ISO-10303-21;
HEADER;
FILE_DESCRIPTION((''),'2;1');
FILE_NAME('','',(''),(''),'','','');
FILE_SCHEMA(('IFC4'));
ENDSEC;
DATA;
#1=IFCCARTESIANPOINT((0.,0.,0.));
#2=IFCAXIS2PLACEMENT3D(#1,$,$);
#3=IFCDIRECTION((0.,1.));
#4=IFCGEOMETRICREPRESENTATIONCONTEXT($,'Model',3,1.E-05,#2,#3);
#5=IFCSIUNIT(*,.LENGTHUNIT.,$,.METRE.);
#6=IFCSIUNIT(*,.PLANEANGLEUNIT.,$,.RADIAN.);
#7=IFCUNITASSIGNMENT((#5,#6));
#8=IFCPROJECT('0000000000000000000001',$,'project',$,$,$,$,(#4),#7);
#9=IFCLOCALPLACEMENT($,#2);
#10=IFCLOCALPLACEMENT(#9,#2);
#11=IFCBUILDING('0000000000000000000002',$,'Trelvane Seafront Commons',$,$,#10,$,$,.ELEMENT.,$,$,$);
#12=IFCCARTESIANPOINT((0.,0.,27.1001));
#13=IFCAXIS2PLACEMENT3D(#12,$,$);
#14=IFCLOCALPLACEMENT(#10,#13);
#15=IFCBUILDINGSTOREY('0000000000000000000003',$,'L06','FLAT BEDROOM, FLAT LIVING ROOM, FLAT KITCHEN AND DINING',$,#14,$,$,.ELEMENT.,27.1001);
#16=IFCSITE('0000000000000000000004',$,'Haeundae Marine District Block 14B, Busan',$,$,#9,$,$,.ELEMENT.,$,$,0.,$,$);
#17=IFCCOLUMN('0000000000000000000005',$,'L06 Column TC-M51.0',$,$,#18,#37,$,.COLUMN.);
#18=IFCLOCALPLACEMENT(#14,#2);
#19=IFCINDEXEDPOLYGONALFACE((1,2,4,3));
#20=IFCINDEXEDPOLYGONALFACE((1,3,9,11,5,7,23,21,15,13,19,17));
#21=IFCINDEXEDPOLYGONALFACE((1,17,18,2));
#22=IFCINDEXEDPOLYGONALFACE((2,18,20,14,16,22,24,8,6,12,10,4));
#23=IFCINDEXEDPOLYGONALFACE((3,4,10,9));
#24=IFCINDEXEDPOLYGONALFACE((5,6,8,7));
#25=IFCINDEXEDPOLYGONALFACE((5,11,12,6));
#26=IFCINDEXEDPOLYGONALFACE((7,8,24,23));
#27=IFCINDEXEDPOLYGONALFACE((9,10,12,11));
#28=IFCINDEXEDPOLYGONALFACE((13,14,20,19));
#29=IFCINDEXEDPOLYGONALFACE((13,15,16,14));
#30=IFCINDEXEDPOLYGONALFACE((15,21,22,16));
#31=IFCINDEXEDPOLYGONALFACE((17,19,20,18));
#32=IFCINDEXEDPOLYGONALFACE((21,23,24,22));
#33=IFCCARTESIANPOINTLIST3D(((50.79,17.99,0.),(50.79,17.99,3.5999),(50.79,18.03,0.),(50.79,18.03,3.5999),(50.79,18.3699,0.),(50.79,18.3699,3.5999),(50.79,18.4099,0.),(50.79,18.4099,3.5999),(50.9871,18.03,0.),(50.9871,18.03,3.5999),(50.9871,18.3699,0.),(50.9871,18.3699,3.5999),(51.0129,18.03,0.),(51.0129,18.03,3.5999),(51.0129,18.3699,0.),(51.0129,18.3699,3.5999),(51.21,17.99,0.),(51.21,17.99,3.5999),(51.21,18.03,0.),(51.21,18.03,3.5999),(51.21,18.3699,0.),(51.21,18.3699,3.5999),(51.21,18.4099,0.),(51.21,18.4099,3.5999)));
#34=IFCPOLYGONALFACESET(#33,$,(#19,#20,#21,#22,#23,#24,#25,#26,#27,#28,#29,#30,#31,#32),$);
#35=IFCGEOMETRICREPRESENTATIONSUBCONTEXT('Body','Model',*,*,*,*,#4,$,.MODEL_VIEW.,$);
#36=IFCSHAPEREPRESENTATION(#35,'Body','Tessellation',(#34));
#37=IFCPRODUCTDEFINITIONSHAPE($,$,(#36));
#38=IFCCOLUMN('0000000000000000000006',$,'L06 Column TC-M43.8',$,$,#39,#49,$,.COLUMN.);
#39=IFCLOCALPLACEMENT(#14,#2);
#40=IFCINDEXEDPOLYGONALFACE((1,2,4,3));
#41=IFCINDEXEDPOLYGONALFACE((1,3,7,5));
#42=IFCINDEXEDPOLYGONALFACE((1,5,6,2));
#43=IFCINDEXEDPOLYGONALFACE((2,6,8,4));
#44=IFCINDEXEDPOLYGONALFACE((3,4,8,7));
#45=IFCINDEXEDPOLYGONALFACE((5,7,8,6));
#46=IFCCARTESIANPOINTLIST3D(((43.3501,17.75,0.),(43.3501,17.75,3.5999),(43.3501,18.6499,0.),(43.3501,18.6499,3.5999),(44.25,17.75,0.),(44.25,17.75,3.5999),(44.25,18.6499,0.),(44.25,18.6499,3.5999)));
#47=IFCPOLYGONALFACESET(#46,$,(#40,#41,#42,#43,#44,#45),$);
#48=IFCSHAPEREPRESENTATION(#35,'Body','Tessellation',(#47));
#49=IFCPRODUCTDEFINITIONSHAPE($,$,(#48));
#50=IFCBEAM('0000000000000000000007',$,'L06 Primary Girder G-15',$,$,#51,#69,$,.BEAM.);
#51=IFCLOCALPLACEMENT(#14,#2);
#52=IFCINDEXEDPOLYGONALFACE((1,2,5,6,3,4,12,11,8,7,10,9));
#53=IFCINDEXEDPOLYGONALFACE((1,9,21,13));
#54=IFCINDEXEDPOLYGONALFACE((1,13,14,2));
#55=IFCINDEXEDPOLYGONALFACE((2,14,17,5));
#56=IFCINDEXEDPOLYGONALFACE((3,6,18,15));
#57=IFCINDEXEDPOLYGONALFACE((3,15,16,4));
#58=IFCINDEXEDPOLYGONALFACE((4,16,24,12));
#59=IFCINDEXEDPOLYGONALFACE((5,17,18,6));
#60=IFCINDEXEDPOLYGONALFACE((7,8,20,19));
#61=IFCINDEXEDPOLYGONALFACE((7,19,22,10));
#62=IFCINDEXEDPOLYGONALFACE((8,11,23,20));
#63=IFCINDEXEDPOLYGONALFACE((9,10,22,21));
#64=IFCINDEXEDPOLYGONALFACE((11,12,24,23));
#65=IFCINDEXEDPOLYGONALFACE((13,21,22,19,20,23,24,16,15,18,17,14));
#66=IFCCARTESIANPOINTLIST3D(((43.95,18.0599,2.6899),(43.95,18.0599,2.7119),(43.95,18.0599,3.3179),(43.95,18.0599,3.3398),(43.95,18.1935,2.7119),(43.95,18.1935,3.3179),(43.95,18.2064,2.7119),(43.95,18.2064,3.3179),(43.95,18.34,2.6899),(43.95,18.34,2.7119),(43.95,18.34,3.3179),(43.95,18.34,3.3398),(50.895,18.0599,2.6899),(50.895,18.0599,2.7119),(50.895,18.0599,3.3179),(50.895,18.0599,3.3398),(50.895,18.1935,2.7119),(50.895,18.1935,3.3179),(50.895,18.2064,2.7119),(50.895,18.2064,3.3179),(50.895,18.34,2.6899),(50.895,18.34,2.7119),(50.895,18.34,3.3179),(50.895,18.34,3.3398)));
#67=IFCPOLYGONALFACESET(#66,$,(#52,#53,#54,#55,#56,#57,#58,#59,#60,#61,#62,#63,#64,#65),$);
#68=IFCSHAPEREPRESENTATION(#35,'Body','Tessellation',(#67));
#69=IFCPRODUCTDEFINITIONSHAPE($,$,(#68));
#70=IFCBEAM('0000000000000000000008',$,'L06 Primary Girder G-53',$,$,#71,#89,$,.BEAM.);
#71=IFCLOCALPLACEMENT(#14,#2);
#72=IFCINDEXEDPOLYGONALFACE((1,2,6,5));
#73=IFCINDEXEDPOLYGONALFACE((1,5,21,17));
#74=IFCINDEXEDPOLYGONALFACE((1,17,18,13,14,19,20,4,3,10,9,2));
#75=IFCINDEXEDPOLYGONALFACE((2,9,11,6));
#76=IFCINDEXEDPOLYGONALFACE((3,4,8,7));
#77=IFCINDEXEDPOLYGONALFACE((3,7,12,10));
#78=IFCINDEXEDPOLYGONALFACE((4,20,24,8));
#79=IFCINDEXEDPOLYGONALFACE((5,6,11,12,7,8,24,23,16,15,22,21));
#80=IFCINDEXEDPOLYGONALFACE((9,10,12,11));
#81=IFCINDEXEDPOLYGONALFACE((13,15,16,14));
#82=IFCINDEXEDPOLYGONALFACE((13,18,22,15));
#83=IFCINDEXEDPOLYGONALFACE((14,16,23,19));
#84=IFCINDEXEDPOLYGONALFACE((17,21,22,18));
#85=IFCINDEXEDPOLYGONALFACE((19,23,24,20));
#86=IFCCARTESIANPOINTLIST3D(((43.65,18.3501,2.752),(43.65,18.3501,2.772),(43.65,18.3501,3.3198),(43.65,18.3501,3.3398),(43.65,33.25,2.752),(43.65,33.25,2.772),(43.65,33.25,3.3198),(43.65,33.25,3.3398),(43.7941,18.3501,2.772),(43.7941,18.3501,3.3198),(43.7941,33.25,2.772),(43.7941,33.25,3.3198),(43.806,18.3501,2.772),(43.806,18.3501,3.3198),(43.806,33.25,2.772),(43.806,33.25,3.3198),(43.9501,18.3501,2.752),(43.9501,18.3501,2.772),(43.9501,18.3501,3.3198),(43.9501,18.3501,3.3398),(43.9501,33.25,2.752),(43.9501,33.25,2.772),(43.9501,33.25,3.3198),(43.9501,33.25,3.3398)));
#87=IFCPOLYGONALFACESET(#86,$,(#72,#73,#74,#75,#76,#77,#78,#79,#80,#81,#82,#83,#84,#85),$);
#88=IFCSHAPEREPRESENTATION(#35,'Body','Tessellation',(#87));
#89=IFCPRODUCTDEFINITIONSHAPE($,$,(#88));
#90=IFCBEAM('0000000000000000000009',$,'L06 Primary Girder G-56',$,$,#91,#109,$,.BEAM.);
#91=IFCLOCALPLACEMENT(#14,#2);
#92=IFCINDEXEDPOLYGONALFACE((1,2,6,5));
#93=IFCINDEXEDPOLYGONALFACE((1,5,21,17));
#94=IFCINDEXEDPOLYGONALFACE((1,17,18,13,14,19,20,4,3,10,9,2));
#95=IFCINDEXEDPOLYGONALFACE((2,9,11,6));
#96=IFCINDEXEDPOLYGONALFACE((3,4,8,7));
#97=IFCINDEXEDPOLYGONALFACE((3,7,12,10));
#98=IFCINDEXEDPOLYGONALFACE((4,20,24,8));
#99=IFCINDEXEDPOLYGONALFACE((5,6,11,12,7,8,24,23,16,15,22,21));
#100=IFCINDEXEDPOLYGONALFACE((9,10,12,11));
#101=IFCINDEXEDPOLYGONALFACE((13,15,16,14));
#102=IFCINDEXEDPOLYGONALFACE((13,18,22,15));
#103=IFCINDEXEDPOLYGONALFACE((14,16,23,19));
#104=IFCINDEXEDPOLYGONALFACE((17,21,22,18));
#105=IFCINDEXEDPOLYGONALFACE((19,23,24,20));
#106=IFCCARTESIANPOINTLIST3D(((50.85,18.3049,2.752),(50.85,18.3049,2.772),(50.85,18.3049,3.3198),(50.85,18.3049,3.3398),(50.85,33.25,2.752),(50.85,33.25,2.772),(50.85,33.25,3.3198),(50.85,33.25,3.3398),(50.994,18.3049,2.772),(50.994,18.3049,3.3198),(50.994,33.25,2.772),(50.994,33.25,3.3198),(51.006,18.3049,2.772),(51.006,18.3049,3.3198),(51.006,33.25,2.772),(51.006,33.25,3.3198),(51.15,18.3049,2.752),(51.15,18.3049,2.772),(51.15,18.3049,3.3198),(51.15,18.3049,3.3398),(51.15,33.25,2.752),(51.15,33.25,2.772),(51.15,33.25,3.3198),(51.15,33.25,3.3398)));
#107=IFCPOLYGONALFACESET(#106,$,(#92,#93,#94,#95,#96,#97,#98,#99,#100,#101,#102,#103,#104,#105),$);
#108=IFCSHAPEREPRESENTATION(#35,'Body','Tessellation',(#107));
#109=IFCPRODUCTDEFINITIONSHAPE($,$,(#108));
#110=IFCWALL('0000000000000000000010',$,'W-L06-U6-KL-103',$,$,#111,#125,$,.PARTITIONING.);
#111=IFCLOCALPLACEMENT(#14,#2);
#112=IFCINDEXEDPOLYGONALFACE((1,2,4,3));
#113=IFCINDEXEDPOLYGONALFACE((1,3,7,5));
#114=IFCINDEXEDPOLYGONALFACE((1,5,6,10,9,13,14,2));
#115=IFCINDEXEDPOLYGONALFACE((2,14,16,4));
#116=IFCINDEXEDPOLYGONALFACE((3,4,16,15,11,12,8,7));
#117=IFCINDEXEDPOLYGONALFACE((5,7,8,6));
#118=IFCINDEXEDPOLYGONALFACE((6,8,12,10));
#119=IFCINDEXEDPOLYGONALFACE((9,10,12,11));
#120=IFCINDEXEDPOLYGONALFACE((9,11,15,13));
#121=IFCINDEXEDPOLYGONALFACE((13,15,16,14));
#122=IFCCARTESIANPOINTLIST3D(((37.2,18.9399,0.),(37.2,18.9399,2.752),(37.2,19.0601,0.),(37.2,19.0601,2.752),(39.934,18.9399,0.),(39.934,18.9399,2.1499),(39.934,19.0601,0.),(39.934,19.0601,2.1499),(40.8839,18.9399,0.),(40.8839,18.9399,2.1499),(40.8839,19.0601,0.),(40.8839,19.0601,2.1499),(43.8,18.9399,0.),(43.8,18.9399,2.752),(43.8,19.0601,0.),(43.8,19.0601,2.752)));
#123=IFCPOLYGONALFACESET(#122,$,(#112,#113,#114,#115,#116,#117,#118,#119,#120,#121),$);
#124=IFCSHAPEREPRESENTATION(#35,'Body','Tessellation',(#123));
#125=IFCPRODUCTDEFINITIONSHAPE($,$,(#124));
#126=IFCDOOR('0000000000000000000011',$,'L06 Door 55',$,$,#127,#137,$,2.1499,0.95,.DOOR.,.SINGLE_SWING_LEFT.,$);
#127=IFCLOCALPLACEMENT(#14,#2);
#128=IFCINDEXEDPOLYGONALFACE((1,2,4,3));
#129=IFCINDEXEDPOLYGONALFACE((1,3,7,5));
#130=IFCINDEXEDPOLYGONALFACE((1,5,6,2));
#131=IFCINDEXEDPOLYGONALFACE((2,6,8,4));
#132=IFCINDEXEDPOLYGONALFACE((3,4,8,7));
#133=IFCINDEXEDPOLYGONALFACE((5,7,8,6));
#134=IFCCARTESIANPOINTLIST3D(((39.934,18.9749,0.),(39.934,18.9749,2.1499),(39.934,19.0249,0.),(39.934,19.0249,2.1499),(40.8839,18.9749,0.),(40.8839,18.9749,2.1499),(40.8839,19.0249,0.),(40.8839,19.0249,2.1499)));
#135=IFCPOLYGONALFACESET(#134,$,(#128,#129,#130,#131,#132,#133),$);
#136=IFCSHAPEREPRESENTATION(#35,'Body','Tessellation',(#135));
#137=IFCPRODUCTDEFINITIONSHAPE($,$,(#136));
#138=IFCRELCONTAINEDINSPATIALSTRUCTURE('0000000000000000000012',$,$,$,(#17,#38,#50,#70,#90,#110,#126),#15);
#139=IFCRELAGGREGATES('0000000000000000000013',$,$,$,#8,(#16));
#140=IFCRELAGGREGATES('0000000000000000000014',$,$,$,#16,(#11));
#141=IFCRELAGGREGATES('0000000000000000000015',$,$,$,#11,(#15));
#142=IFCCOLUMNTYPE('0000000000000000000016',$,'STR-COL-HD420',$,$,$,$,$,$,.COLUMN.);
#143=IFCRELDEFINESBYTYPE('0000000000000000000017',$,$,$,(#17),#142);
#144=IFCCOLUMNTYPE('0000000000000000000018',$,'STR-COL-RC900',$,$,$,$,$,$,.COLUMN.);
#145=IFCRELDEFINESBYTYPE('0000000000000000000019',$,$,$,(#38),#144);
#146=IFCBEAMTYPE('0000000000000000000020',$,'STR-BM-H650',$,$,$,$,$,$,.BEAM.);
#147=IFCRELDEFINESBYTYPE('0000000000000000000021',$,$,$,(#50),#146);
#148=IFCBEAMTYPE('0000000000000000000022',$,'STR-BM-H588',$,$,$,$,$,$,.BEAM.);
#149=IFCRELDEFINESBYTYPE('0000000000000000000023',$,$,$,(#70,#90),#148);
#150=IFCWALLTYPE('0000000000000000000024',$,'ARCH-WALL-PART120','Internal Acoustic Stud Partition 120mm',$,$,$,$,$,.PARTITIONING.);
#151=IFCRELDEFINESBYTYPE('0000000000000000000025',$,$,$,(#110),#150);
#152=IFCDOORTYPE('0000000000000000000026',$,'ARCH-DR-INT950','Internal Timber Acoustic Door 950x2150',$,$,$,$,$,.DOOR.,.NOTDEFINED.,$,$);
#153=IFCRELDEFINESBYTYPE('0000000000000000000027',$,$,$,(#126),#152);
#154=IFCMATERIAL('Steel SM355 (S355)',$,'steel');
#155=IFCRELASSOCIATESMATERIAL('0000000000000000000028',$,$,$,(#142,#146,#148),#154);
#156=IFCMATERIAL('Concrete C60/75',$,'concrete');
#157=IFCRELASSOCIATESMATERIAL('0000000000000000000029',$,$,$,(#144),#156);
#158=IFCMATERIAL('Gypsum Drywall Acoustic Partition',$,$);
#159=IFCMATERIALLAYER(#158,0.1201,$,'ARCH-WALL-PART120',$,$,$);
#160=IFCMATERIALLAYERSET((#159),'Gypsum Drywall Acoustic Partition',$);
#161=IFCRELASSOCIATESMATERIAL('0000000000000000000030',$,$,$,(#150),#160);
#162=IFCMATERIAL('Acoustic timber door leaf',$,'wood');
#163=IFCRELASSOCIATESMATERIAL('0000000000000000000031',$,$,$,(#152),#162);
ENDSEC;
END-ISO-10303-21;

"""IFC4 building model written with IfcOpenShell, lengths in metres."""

from ifc_helpers import new_model, si_unit, direction, frame, frame_2d, origin, origin_2d, place, context, subcontext, project, spatial, rectangle, i_section, extrude, source, transform, mapped, material, layer, layer_set, material_profile, profile_set, type_object, element, fill, save


model = new_model("IFC4")

# Units and contexts
model_context = context("Model", 3, precision=1e-05, world=origin(), true_north=direction((0.0, 1.0)))
body_context = subcontext(model_context, "Body", "Model", "MODEL_VIEW")
ifc_project = project(units=[si_unit("LENGTHUNIT", "METRE"), si_unit("PLANEANGLEUNIT", "RADIAN")], contexts=[model_context])

# Site, building, storey
site_placement = place(None, origin())
site = spatial("IfcSite", under=ifc_project, at=site_placement, Name="Haeundae Marine District Block 14B, Busan", CompositionType="ELEMENT", RefElevation=0.0)
building_placement = place(site_placement, origin())
building = spatial("IfcBuilding", under=site, at=building_placement, Name="Trelvane Seafront Commons", CompositionType="ELEMENT")
storey_placement = place(building_placement, frame((0.0, 0.0, 27.1001)))
storey = spatial("IfcBuildingStorey", under=building, at=storey_placement, Name="L06", Description="FLAT BEDROOM, FLAT LIVING ROOM, FLAT KITCHEN AND DINING", CompositionType="ELEMENT", Elevation=27.1001)

# Columns
ifc_material_1 = material(Name="Steel SM355 (S355)", Category="steel")
ifc_material_profile_1 = material_profile(ifc_material_1, i_section(OverallWidth=0.4199, OverallDepth=0.4199, WebThickness=0.0259, FlangeThickness=0.04, at=origin_2d()), Name="HD-420x420x26x40")
ifc_profile_set_1 = profile_set([ifc_material_profile_1], Name="Steel SM355 (S355)")
column_type_1 = type_object("IfcColumnType", Name="STR-COL-HD420", PredefinedType="COLUMN", material=ifc_profile_set_1)
shared_shape_1 = source(origin(), body_context, "Body", "SweptSolid", [
    extrude(i_section(OverallWidth=0.4199, OverallDepth=0.4199, WebThickness=0.0259, FlangeThickness=0.04, at=origin_2d()), origin(), (0.0, 0.0, 1.0), 3.5999),
])
column_1_placement = place(storey_placement, frame((51.0, 18.2, 0.0), z_axis=(0.0, 0.0, 1.0), x_axis=(1.0, 0.0, 0.0)))
element("IfcColumn", 1, at=column_1_placement, inside=storey, type_object=column_type_1, Name="L06 Column TC-M51.0", PredefinedType="COLUMN", context=body_context, shape_type="MappedRepresentation", body=[
    mapped(shared_shape_1, transform((0.0, 0.0, 0.0), x_axis=(1.0, 0.0, 0.0), y_axis=(0.0, 1.0, 0.0), z_axis=(0.0, 0.0, 1.0), scale=1.0)),
])
ifc_material_2 = material(Name="Concrete C60/75", Category="concrete")
ifc_material_profile_2 = material_profile(ifc_material_2, rectangle(XDim=0.8999, YDim=0.8999, at=origin_2d()), Name="RC-900x900")
ifc_profile_set_2 = profile_set([ifc_material_profile_2], Name="Concrete C60/75")
column_type_2 = type_object("IfcColumnType", Name="STR-COL-RC900", PredefinedType="COLUMN", material=ifc_profile_set_2)
shared_shape_2 = source(origin(), body_context, "Body", "SweptSolid", [
    extrude(rectangle(XDim=0.8999, YDim=0.8999, at=origin_2d()), origin(), (0.0, 0.0, 1.0), 3.5999),
])
column_2_placement = place(storey_placement, frame((43.8, 18.2, 0.0), z_axis=(0.0, 0.0, 1.0), x_axis=(1.0, 0.0, 0.0)))
element("IfcColumn", 2, at=column_2_placement, inside=storey, type_object=column_type_2, Name="L06 Column TC-M43.8", PredefinedType="COLUMN", context=body_context, shape_type="MappedRepresentation", body=[
    mapped(shared_shape_2, transform((0.0, 0.0, 0.0), x_axis=(1.0, 0.0, 0.0), y_axis=(0.0, 1.0, 0.0), z_axis=(0.0, 0.0, 1.0), scale=1.0)),
])

# Beams
ifc_material_profile_3 = material_profile(ifc_material_1, i_section(OverallWidth=0.28, OverallDepth=0.6499, WebThickness=0.0129, FlangeThickness=0.022, at=origin_2d()), Name="H-650x280x13x22")
ifc_profile_set_3 = profile_set([ifc_material_profile_3], Name="Steel SM355 (S355)")
beam_type_1 = type_object("IfcBeamType", Name="STR-BM-H650", PredefinedType="BEAM", material=ifc_profile_set_3)
shared_shape_3 = source(origin(), body_context, "Body", "SweptSolid", [
    extrude(i_section(OverallWidth=0.28, OverallDepth=0.6499, WebThickness=0.0129, FlangeThickness=0.022, at=origin_2d()), origin(), (0.0, 0.0, 1.0), 6.9451),
])
beam_1_placement = place(storey_placement, frame((43.95, 18.2, 3.0149), z_axis=(1.0, 0.0, 0.0), x_axis=(0.0, 1.0, 0.0)))
element("IfcBeam", 3, at=beam_1_placement, inside=storey, type_object=beam_type_1, Name="L06 Primary Girder G-15", PredefinedType="BEAM", context=body_context, shape_type="MappedRepresentation", body=[
    mapped(shared_shape_3, transform((0.0, 0.0, 0.0), x_axis=(1.0, 0.0, 0.0), y_axis=(0.0, 1.0, 0.0), z_axis=(0.0, 0.0, 1.0), scale=1.0)),
])
ifc_material_profile_4 = material_profile(ifc_material_1, i_section(OverallWidth=0.3, OverallDepth=0.5879, WebThickness=0.012, FlangeThickness=0.02, at=origin_2d()), Name="H-588x300x12x20")
ifc_profile_set_4 = profile_set([ifc_material_profile_4], Name="Steel SM355 (S355)")
beam_type_2 = type_object("IfcBeamType", Name="STR-BM-H588", PredefinedType="BEAM", material=ifc_profile_set_4)
shared_shape_4 = source(origin(), body_context, "Body", "SweptSolid", [
    extrude(i_section(OverallWidth=0.3, OverallDepth=0.5879, WebThickness=0.012, FlangeThickness=0.02, at=origin_2d()), origin(), (0.0, 0.0, 1.0), 14.8999),
])
beam_2_placement = place(storey_placement, frame((43.8, 18.3501, 3.0459), z_axis=(0.0, 1.0, 0.0), x_axis=(-1.0, 0.0, 0.0)))
element("IfcBeam", 4, at=beam_2_placement, inside=storey, type_object=beam_type_2, Name="L06 Primary Girder G-53", PredefinedType="BEAM", context=body_context, shape_type="MappedRepresentation", body=[
    mapped(shared_shape_4, transform((0.0, 0.0, 0.0), x_axis=(1.0, 0.0, 0.0), y_axis=(0.0, 1.0, 0.0), z_axis=(0.0, 0.0, 1.0), scale=1.0)),
])
shared_shape_5 = source(origin(), body_context, "Body", "SweptSolid", [
    extrude(i_section(OverallWidth=0.3, OverallDepth=0.5879, WebThickness=0.012, FlangeThickness=0.02, at=origin_2d()), origin(), (0.0, 0.0, 1.0), 14.9451),
])
beam_3_placement = place(storey_placement, frame((51.0, 18.3049, 3.0459), z_axis=(0.0, 1.0, 0.0), x_axis=(-1.0, 0.0, 0.0)))
element("IfcBeam", 5, at=beam_3_placement, inside=storey, type_object=beam_type_2, Name="L06 Primary Girder G-56", PredefinedType="BEAM", context=body_context, shape_type="MappedRepresentation", body=[
    mapped(shared_shape_5, transform((0.0, 0.0, 0.0), x_axis=(1.0, 0.0, 0.0), y_axis=(0.0, 1.0, 0.0), z_axis=(0.0, 0.0, 1.0), scale=1.0)),
])

# Wall, opening, door
ifc_material_3 = material(Name="Gypsum Drywall Acoustic Partition")
ifc_layer = layer(ifc_material_3, 0.1201, Name="ARCH-WALL-PART120")
ifc_layer_set = layer_set([ifc_layer], Name="Gypsum Drywall Acoustic Partition")
wall_type = type_object("IfcWallType", Name="ARCH-WALL-PART120", Description="Internal Acoustic Stud Partition 120mm", PredefinedType="PARTITIONING", material=ifc_layer_set)
wall_1_placement = place(storey_placement, frame((37.2, 19.0, 0.0), z_axis=(0.0, 0.0, 1.0), x_axis=(1.0, 0.0, 0.0)))
wall_1 = element("IfcWall", 6, at=wall_1_placement, inside=storey, type_object=wall_type, Name="W-L06-U6-KL-103", PredefinedType="PARTITIONING", context=body_context, shape_type="SweptSolid", body=[
    extrude(rectangle(XDim=6.6001, YDim=0.1201, at=frame_2d((3.3, 0.0))), origin(), (0.0, 0.0, 1.0), 2.752),
])
opening_1_placement = place(wall_1_placement, frame((2.7339, 0.0, 0.0)))
opening_1 = element("IfcOpeningElement", 7, at=opening_1_placement, cuts=wall_1, PredefinedType="OPENING", context=body_context, shape_type="SweptSolid", body=[
    extrude(rectangle(XDim=0.95, YDim=2.1499, at=frame_2d((0.4751, 1.075))), frame((0.0, 0.0701, 0.0), z_axis=(0.0, -1.0, 0.0), x_axis=(1.0, 0.0, 0.0)), (0.0, 0.0, 1.0), 0.1401),
])
ifc_material_4 = material(Name="Acoustic timber door leaf", Category="wood")
door_type_1 = type_object("IfcDoorType", Name="ARCH-DR-INT950", Description="Internal Timber Acoustic Door 950x2150", OperationType="NOTDEFINED", PredefinedType="DOOR", material=ifc_material_4)
shared_shape_6 = source(origin(), body_context, "Body", "SweptSolid", [
    extrude(rectangle(XDim=0.95, YDim=2.1499, at=frame_2d((0.4751, 1.075))), frame((0.0, 0.0249, 0.0), z_axis=(0.0, -1.0, 0.0), x_axis=(1.0, 0.0, 0.0)), (0.0, 0.0, 1.0), 0.05),
])
door_1_placement = place(opening_1_placement, origin())
door_1 = element("IfcDoor", 8, at=door_1_placement, inside=storey, type_object=door_type_1, Name="L06 Door 55", OperationType="SINGLE_SWING_LEFT", OverallHeight=2.1499, OverallWidth=0.95, PredefinedType="DOOR", context=body_context, shape_type="MappedRepresentation", body=[
    mapped(shared_shape_6, transform((0.0, 0.0, 0.0), x_axis=(1.0, 0.0, 0.0), y_axis=(0.0, 1.0, 0.0), z_axis=(0.0, 0.0, 1.0), scale=1.0)),
])
fill(opening_1, door_1)

save(model, "model.ifc")
